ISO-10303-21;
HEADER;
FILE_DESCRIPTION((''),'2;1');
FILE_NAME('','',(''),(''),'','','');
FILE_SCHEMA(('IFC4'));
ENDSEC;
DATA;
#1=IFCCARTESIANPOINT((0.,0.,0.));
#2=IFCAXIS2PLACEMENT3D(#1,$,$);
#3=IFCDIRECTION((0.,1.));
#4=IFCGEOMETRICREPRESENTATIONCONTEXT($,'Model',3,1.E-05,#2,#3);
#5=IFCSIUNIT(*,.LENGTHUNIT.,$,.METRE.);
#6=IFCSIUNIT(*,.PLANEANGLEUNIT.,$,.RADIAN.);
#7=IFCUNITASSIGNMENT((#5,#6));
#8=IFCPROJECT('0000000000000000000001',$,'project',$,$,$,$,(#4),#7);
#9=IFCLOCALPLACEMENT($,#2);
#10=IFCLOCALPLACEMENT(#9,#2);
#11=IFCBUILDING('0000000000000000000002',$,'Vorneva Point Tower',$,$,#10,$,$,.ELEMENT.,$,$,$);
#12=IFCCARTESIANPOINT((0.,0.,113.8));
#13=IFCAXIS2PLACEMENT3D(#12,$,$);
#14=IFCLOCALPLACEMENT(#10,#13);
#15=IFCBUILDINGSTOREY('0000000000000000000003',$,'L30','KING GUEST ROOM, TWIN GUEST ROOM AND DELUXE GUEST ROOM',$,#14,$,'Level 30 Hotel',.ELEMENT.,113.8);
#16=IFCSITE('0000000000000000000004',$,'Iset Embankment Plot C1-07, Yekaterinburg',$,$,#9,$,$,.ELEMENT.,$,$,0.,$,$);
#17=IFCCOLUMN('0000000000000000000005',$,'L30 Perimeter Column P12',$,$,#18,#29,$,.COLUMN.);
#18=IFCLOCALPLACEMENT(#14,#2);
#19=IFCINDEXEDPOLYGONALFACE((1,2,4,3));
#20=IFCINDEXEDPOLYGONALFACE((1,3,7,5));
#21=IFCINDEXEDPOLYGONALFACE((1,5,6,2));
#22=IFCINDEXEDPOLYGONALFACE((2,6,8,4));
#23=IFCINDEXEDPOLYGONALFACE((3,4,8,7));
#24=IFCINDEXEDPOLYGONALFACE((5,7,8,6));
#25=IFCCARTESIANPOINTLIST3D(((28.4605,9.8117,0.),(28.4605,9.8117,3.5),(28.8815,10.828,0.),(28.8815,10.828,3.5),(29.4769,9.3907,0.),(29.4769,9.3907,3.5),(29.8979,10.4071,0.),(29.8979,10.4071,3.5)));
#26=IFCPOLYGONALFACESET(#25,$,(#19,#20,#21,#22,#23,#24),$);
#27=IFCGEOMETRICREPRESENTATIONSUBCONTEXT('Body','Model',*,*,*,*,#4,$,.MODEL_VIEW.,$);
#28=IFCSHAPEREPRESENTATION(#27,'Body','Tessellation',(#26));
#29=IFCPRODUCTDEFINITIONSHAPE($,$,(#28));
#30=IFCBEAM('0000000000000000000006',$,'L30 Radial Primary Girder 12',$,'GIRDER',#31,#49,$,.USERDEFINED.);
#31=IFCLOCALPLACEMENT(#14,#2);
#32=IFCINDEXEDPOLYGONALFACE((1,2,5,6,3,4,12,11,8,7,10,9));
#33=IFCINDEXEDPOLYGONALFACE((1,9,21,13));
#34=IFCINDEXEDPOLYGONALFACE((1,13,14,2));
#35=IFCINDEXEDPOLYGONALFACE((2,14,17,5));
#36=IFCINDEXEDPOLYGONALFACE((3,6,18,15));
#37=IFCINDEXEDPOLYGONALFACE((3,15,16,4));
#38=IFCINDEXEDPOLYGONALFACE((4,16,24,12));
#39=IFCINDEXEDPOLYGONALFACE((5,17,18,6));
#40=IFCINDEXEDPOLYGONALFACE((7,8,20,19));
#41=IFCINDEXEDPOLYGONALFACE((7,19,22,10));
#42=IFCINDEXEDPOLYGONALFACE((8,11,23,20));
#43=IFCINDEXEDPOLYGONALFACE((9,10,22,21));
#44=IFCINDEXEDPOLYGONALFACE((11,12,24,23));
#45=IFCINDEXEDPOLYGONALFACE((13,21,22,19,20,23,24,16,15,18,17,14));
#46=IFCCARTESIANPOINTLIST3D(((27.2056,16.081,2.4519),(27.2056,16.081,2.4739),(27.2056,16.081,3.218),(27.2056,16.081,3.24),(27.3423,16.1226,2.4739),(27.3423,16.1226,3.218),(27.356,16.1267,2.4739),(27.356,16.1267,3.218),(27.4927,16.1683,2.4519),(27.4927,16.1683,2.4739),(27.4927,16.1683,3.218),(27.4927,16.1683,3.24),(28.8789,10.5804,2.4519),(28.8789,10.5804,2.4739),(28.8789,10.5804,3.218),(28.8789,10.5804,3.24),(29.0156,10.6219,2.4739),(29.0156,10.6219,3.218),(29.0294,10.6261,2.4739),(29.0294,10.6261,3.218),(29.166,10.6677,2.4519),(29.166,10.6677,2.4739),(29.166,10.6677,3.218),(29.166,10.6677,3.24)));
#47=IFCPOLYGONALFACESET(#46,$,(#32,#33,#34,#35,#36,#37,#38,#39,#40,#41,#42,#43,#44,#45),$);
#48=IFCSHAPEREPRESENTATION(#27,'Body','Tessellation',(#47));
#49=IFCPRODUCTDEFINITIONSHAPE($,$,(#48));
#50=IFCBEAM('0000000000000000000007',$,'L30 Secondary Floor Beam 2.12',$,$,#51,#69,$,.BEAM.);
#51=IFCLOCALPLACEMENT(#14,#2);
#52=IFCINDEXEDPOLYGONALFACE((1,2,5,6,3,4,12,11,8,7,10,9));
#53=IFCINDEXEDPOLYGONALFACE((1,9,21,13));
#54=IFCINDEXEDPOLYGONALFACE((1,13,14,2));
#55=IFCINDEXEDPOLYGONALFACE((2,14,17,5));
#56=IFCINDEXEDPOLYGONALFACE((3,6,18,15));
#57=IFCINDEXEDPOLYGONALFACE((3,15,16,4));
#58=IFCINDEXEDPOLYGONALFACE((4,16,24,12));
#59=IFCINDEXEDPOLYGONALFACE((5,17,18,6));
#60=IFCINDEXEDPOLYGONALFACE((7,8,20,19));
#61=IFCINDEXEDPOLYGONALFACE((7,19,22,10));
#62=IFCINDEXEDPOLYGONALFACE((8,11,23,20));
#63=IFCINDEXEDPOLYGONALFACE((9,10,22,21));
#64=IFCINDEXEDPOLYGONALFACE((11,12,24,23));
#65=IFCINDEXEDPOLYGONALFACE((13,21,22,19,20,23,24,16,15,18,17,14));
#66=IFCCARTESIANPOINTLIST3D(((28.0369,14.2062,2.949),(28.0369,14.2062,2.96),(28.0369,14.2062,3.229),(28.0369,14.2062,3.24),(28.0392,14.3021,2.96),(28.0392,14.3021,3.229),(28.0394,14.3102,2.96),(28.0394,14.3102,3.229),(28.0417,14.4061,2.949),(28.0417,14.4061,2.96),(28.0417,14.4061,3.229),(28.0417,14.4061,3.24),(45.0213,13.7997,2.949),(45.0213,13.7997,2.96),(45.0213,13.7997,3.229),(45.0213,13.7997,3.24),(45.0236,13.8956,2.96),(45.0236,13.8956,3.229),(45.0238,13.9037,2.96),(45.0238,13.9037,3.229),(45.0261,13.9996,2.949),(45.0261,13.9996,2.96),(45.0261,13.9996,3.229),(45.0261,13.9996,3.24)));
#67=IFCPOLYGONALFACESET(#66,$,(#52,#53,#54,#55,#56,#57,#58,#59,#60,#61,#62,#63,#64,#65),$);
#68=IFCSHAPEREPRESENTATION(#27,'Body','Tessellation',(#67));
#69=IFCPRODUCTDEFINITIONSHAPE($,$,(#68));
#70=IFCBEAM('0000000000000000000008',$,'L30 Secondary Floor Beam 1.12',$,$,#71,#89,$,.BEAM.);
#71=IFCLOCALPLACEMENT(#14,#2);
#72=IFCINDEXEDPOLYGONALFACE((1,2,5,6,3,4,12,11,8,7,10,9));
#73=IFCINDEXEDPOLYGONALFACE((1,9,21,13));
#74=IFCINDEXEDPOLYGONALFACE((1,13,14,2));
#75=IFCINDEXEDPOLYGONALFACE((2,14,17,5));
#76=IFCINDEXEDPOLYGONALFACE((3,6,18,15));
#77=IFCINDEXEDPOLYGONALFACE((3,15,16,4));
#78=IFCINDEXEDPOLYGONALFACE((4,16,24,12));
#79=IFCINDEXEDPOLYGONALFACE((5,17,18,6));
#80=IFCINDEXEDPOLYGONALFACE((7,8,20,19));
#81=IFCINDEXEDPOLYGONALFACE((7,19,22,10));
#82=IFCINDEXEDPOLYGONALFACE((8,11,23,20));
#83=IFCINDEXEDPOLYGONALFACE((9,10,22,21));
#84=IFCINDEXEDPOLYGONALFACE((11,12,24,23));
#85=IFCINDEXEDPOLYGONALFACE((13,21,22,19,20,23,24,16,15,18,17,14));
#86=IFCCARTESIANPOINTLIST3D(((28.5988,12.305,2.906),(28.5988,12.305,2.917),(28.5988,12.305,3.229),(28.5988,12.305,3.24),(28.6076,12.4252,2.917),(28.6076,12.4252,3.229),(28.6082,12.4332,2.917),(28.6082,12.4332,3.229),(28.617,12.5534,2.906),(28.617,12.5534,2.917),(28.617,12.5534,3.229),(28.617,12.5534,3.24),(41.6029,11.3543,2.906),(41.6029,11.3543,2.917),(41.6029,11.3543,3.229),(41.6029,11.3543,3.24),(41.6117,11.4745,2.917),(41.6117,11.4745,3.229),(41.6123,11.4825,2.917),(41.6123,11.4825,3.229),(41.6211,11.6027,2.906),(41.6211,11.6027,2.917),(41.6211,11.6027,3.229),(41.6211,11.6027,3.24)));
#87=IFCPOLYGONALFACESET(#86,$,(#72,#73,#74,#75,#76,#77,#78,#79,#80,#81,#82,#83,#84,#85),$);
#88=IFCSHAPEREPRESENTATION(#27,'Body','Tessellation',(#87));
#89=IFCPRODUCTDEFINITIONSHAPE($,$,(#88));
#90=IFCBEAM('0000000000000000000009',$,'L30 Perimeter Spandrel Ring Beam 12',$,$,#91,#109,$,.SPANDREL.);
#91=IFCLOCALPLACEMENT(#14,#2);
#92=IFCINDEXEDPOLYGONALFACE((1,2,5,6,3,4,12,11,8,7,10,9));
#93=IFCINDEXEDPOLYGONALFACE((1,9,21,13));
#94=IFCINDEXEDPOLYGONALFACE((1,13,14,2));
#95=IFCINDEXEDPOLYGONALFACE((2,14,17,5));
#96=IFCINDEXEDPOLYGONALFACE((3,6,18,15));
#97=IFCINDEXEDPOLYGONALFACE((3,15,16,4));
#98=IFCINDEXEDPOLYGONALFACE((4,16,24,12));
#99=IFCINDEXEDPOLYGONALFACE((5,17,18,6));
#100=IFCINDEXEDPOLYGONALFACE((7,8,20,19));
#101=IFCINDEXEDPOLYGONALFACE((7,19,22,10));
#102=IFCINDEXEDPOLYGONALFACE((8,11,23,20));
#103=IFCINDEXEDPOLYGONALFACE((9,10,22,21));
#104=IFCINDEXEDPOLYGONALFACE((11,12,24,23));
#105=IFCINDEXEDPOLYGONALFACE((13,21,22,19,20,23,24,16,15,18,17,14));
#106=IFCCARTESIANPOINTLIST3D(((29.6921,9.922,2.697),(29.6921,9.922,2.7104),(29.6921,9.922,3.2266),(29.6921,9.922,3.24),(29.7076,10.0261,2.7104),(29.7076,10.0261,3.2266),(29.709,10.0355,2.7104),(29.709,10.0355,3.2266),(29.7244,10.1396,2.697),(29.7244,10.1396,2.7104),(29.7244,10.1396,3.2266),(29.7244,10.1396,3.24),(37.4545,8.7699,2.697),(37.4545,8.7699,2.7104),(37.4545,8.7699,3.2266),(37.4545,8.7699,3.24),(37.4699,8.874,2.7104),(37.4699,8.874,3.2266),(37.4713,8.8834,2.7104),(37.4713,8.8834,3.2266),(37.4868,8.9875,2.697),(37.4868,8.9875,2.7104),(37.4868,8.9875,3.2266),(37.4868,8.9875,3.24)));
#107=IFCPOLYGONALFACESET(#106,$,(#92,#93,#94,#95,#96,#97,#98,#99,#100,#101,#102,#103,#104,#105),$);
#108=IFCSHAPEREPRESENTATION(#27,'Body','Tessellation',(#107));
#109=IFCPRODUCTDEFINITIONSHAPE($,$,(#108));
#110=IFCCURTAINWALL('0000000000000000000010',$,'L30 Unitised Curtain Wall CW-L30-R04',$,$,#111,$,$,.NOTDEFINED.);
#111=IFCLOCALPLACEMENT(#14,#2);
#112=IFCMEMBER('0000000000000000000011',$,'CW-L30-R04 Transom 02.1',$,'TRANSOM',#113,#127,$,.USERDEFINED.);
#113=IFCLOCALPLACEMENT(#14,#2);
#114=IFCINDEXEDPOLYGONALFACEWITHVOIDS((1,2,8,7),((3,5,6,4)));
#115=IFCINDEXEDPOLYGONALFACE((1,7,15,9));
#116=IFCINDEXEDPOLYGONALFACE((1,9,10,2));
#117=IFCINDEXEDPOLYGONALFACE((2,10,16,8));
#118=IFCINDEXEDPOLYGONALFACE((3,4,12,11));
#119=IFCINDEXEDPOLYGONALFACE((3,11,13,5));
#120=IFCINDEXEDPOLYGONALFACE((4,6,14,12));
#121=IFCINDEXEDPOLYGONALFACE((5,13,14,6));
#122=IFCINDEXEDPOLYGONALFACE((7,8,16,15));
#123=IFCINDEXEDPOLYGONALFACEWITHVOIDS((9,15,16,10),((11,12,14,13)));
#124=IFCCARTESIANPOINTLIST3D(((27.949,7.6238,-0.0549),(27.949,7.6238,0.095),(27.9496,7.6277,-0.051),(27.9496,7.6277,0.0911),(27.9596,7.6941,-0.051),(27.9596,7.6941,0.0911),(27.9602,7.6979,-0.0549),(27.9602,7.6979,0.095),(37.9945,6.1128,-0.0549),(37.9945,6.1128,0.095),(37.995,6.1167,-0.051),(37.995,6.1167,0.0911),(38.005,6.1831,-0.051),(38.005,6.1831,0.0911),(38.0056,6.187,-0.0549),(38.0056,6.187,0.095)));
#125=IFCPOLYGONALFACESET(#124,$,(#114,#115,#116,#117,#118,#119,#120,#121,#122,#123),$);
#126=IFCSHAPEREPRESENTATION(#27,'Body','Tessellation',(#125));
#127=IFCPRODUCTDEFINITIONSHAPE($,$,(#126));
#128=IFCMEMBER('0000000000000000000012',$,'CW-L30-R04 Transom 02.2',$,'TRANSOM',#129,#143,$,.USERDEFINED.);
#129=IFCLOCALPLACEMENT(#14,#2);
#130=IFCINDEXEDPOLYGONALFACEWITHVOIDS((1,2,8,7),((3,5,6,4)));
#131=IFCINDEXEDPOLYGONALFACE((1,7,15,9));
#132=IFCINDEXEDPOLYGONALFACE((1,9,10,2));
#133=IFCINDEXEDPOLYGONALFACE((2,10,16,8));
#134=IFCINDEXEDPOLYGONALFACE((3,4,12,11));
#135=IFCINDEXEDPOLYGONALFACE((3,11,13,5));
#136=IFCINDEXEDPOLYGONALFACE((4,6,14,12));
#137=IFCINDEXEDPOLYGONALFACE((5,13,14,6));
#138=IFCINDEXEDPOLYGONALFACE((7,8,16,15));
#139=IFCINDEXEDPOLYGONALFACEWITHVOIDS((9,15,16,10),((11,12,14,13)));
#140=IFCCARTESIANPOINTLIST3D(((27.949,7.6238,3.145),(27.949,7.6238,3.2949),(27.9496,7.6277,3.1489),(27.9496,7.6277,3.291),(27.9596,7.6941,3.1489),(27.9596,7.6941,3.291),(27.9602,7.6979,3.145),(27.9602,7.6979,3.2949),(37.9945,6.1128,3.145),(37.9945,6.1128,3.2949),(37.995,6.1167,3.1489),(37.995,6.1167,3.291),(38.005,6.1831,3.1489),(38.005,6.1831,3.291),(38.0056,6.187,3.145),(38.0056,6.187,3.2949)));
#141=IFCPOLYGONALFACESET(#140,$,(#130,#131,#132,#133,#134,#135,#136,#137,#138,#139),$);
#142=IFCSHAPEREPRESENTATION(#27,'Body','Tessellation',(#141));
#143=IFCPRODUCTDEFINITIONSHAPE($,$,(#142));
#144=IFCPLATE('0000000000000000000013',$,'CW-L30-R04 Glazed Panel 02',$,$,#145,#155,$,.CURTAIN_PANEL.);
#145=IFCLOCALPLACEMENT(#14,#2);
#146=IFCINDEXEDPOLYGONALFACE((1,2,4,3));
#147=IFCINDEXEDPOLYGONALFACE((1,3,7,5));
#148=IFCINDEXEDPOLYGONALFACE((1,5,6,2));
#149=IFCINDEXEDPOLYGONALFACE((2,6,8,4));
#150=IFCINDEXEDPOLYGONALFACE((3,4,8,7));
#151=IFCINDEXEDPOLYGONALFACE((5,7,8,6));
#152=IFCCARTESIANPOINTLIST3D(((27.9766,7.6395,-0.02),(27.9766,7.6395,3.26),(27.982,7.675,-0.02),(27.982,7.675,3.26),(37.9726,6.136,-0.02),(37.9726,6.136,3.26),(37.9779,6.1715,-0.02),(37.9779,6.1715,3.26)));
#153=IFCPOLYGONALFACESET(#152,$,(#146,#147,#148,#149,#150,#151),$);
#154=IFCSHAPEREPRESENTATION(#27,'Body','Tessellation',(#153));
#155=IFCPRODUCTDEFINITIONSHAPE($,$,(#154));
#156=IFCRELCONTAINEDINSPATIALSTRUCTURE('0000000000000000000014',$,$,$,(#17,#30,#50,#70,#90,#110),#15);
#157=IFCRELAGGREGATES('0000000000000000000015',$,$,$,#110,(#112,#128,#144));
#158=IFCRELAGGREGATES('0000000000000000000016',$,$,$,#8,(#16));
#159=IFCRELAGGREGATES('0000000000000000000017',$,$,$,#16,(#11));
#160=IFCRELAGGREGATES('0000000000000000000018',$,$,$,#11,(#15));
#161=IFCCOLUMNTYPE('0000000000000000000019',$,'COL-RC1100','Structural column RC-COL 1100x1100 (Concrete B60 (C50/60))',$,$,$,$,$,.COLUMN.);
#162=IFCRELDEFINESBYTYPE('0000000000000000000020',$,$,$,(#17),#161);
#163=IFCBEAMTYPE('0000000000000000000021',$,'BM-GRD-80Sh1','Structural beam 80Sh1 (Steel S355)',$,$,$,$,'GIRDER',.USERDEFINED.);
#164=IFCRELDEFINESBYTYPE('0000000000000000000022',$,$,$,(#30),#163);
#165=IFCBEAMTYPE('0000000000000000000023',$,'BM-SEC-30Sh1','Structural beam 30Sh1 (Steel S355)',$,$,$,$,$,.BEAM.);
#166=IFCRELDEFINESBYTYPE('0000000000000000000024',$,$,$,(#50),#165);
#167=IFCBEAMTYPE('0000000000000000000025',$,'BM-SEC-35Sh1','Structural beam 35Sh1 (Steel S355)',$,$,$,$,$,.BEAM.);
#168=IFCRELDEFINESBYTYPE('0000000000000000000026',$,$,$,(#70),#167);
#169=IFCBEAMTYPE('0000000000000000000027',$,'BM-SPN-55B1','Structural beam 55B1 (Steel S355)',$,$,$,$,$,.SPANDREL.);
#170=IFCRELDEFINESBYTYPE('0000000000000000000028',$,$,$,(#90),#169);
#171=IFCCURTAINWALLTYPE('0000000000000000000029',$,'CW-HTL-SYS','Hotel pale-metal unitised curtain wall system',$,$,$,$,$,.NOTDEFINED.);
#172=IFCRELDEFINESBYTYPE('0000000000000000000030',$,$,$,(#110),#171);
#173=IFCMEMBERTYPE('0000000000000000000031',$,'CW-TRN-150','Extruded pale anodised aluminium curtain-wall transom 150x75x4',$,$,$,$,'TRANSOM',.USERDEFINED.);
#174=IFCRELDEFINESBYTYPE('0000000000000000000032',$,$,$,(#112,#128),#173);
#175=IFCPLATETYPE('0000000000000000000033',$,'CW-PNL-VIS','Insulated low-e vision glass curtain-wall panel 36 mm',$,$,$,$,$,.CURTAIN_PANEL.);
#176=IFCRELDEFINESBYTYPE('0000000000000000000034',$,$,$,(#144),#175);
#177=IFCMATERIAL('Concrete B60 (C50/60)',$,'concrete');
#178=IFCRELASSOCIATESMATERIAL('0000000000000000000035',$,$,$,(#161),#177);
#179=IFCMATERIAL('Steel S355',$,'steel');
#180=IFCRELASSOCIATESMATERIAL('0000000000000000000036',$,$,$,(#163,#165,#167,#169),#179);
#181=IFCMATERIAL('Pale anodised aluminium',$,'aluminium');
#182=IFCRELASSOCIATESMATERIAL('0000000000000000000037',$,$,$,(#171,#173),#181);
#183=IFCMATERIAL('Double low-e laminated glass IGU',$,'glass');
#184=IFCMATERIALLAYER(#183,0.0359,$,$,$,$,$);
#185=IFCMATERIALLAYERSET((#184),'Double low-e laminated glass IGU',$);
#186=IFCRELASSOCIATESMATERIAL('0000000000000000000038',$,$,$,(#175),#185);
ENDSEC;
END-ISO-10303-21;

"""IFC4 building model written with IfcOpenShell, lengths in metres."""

from ifc_helpers import new_model, si_unit, direction, frame, origin, origin_2d, place, context, subcontext, project, spatial, rectangle, hollow_rectangle, i_section, extrude, material, layer, layer_set, material_profile, profile_set, type_object, element, aggregate, save


model = new_model("IFC4")

# Units and contexts
model_context = context("Model", 3, precision=1e-05, world=origin(), true_north=direction((0.0, 1.0)))
body_context = subcontext(model_context, "Body", "Model", "MODEL_VIEW")
ifc_project = project(units=[si_unit("LENGTHUNIT", "METRE"), si_unit("PLANEANGLEUNIT", "RADIAN")], contexts=[model_context])

# Site, building, storey
site_placement = place(None, origin())
site = spatial("IfcSite", under=ifc_project, at=site_placement, Name="Iset Embankment Plot C1-07, Yekaterinburg", CompositionType="ELEMENT", RefElevation=0.0)
building_placement = place(site_placement, origin())
building = spatial("IfcBuilding", under=site, at=building_placement, Name="Vorneva Point Tower", CompositionType="ELEMENT")
storey_placement = place(building_placement, frame((0.0, 0.0, 113.8)))
storey = spatial("IfcBuildingStorey", under=building, at=storey_placement, Name="L30", Description="KING GUEST ROOM, TWIN GUEST ROOM AND DELUXE GUEST ROOM", LongName="Level 30 Hotel", CompositionType="ELEMENT", Elevation=113.8)

# Column
ifc_material_1 = material(Name="Concrete B60 (C50/60)", Category="concrete")
ifc_material_profile_1 = material_profile(ifc_material_1, rectangle(XDim=1.1001, YDim=1.1001, at=origin_2d()), Name="RC-COL 1100x1100")
ifc_profile_set_1 = profile_set([ifc_material_profile_1], Name="Concrete B60 (C50/60)")
column_type = type_object("IfcColumnType", Name="COL-RC1100", Description="Structural column RC-COL 1100x1100 (Concrete B60 (C50/60))", PredefinedType="COLUMN", material=ifc_profile_set_1)
column_placement = place(storey_placement, frame((29.1792, 10.1094, 0.0), z_axis=(0.0, 0.0, 1.0), x_axis=(-0.382683, -0.92388, 0.0)))
element("IfcColumn", 1, at=column_placement, inside=storey, type_object=column_type, Name="L30 Perimeter Column P12", PredefinedType="COLUMN", context=body_context, shape_type="SweptSolid", body=[
    extrude(rectangle(XDim=1.1001, YDim=1.1001, at=origin_2d()), origin(), (0.0, 0.0, 1.0), 3.5),
])

# Beams
ifc_material_2 = material(Name="Steel S355", Category="steel")
ifc_material_profile_2 = material_profile(ifc_material_2, i_section(OverallWidth=0.3, OverallDepth=0.7881, WebThickness=0.0144, FlangeThickness=0.022, at=origin_2d()), Name="80Sh1")
ifc_profile_set_2 = profile_set([ifc_material_profile_2], Name="Steel S355")
beam_type_1 = type_object("IfcBeamType", Name="BM-GRD-80Sh1", Description="Structural beam 80Sh1 (Steel S355)", ElementType="GIRDER", PredefinedType="USERDEFINED", material=ifc_profile_set_2)
beam_1_placement = place(storey_placement, frame((29.0225, 10.624, 2.8459), z_axis=(-0.291035, 0.956712, 0.0), x_axis=(-0.956712, -0.291035, 0.0)))
element("IfcBeam", 2, at=beam_1_placement, inside=storey, type_object=beam_type_1, Name="L30 Radial Primary Girder 12", ObjectType="GIRDER", PredefinedType="USERDEFINED", context=body_context, shape_type="SweptSolid", body=[
    extrude(i_section(OverallWidth=0.3, OverallDepth=0.7881, WebThickness=0.0144, FlangeThickness=0.022, at=origin_2d()), origin(), (0.0, 0.0, 1.0), 5.7495),
])
ifc_material_profile_3 = material_profile(ifc_material_2, i_section(OverallWidth=0.2, OverallDepth=0.291, WebThickness=0.0081, FlangeThickness=0.011, at=origin_2d()), Name="30Sh1")
ifc_profile_set_3 = profile_set([ifc_material_profile_3], Name="Steel S355")
beam_type_2 = type_object("IfcBeamType", Name="BM-SEC-30Sh1", Description="Structural beam 30Sh1 (Steel S355)", PredefinedType="BEAM", material=ifc_profile_set_3)
beam_2_placement = place(storey_placement, frame((28.0393, 14.3062, 3.0945), z_axis=(0.999714, -0.023927, 0.0), x_axis=(0.023927, 0.999714, 0.0)))
element("IfcBeam", 3, at=beam_2_placement, inside=storey, type_object=beam_type_2, Name="L30 Secondary Floor Beam 2.12", PredefinedType="BEAM", context=body_context, shape_type="SweptSolid", body=[
    extrude(i_section(OverallWidth=0.2, OverallDepth=0.291, WebThickness=0.0081, FlangeThickness=0.011, at=origin_2d()), origin(), (0.0, 0.0, 1.0), 16.9893),
])
ifc_material_profile_4 = material_profile(ifc_material_2, i_section(OverallWidth=0.249, OverallDepth=0.334, WebThickness=0.0081, FlangeThickness=0.011, at=origin_2d()), Name="35Sh1")
ifc_profile_set_4 = profile_set([ifc_material_profile_4], Name="Steel S355")
beam_type_3 = type_object("IfcBeamType", Name="BM-SEC-35Sh1", Description="Structural beam 35Sh1 (Steel S355)", PredefinedType="BEAM", material=ifc_profile_set_4)
beam_3_placement = place(storey_placement, frame((28.6079, 12.4292, 3.073), z_axis=(0.997338, -0.072912, 0.0), x_axis=(0.072912, 0.997338, 0.0)))
element("IfcBeam", 4, at=beam_3_placement, inside=storey, type_object=beam_type_3, Name="L30 Secondary Floor Beam 1.12", PredefinedType="BEAM", context=body_context, shape_type="SweptSolid", body=[
    extrude(i_section(OverallWidth=0.249, OverallDepth=0.334, WebThickness=0.0081, FlangeThickness=0.011, at=origin_2d()), origin(), (0.0, 0.0, 1.0), 13.0388),
])
ifc_material_profile_5 = material_profile(ifc_material_2, i_section(OverallWidth=0.22, OverallDepth=0.543, WebThickness=0.0095, FlangeThickness=0.0134, at=origin_2d()), Name="55B1")
ifc_profile_set_5 = profile_set([ifc_material_profile_5], Name="Steel S355")
beam_type_4 = type_object("IfcBeamType", Name="BM-SPN-55B1", Description="Structural beam 55B1 (Steel S355)", PredefinedType="SPANDREL", material=ifc_profile_set_5)
beam_4_placement = place(storey_placement, frame((29.7083, 10.0308, 2.9685), z_axis=(0.989165, -0.146811, 0.0), x_axis=(0.146811, 0.989165, 0.0)))
element("IfcBeam", 5, at=beam_4_placement, inside=storey, type_object=beam_type_4, Name="L30 Perimeter Spandrel Ring Beam 12", PredefinedType="SPANDREL", context=body_context, shape_type="SweptSolid", body=[
    extrude(i_section(OverallWidth=0.22, OverallDepth=0.543, WebThickness=0.0095, FlangeThickness=0.0134, at=origin_2d()), origin(), (0.0, 0.0, 1.0), 7.8474),
])

# Curtain wall, members, plate
ifc_material_3 = material(Name="Pale anodised aluminium", Category="aluminium")
curtain_wall_type = type_object("IfcCurtainWallType", Name="CW-HTL-SYS", Description="Hotel pale-metal unitised curtain wall system", PredefinedType="NOTDEFINED", material=ifc_material_3)
curtain_wall_placement = place(storey_placement, origin())
curtain_wall = element("IfcCurtainWall", 6, at=curtain_wall_placement, inside=storey, type_object=curtain_wall_type, Name="L30 Unitised Curtain Wall CW-L30-R04", PredefinedType="NOTDEFINED")
ifc_material_profile_6 = material_profile(ifc_material_3, hollow_rectangle(XDim=0.075, YDim=0.1499, WallThickness=0.0039, at=origin_2d()), Name="AL-TRN 150x75x4")
ifc_profile_set_6 = profile_set([ifc_material_profile_6], Name="Pale anodised aluminium")
member_type = type_object("IfcMemberType", Name="CW-TRN-150", Description="Extruded pale anodised aluminium curtain-wall transom 150x75x4", ElementType="TRANSOM", PredefinedType="USERDEFINED", material=ifc_profile_set_6)
member_1_placement = place(storey_placement, frame((27.9546, 7.6609, 0.02), z_axis=(0.988876, -0.148742, 0.0), x_axis=(0.148742, 0.988876, 0.0)))
member_1 = element("IfcMember", 7, at=member_1_placement, type_object=member_type, Name="CW-L30-R04 Transom 02.1", ObjectType="TRANSOM", PredefinedType="USERDEFINED", context=body_context, shape_type="SweptSolid", body=[
    extrude(hollow_rectangle(XDim=0.075, YDim=0.1499, WallThickness=0.0039, at=origin_2d()), origin(), (0.0, 0.0, 1.0), 10.1584),
])
member_2_placement = place(storey_placement, frame((27.9546, 7.6609, 3.22), z_axis=(0.988876, -0.148742, 0.0), x_axis=(0.148742, 0.988876, 0.0)))
member_2 = element("IfcMember", 8, at=member_2_placement, type_object=member_type, Name="CW-L30-R04 Transom 02.2", ObjectType="TRANSOM", PredefinedType="USERDEFINED", context=body_context, shape_type="SweptSolid", body=[
    extrude(hollow_rectangle(XDim=0.075, YDim=0.1499, WallThickness=0.0039, at=origin_2d()), origin(), (0.0, 0.0, 1.0), 10.1584),
])
ifc_material_4 = material(Name="Double low-e laminated glass IGU", Category="glass")
ifc_layer_1 = layer(ifc_material_4, 0.0359)
ifc_layer_set_1 = layer_set([ifc_layer_1], Name="Double low-e laminated glass IGU")
plate_type = type_object("IfcPlateType", Name="CW-PNL-VIS", Description="Insulated low-e vision glass curtain-wall panel 36 mm", PredefinedType="CURTAIN_PANEL", material=ifc_layer_set_1)
plate_placement = place(storey_placement, frame((32.9773, 6.9055, -0.02), z_axis=(0.0, 0.0, 1.0), x_axis=(0.988876, -0.148741, 0.0)))
plate = element("IfcPlate", 9, at=plate_placement, type_object=plate_type, Name="CW-L30-R04 Glazed Panel 02", PredefinedType="CURTAIN_PANEL", context=body_context, shape_type="SweptSolid", body=[
    extrude(rectangle(XDim=10.1084, YDim=0.0359, at=origin_2d()), origin(), (0.0, 0.0, 1.0), 3.28),
])
aggregate(curtain_wall, [member_1, member_2, plate])

save(model, "model.ifc")
